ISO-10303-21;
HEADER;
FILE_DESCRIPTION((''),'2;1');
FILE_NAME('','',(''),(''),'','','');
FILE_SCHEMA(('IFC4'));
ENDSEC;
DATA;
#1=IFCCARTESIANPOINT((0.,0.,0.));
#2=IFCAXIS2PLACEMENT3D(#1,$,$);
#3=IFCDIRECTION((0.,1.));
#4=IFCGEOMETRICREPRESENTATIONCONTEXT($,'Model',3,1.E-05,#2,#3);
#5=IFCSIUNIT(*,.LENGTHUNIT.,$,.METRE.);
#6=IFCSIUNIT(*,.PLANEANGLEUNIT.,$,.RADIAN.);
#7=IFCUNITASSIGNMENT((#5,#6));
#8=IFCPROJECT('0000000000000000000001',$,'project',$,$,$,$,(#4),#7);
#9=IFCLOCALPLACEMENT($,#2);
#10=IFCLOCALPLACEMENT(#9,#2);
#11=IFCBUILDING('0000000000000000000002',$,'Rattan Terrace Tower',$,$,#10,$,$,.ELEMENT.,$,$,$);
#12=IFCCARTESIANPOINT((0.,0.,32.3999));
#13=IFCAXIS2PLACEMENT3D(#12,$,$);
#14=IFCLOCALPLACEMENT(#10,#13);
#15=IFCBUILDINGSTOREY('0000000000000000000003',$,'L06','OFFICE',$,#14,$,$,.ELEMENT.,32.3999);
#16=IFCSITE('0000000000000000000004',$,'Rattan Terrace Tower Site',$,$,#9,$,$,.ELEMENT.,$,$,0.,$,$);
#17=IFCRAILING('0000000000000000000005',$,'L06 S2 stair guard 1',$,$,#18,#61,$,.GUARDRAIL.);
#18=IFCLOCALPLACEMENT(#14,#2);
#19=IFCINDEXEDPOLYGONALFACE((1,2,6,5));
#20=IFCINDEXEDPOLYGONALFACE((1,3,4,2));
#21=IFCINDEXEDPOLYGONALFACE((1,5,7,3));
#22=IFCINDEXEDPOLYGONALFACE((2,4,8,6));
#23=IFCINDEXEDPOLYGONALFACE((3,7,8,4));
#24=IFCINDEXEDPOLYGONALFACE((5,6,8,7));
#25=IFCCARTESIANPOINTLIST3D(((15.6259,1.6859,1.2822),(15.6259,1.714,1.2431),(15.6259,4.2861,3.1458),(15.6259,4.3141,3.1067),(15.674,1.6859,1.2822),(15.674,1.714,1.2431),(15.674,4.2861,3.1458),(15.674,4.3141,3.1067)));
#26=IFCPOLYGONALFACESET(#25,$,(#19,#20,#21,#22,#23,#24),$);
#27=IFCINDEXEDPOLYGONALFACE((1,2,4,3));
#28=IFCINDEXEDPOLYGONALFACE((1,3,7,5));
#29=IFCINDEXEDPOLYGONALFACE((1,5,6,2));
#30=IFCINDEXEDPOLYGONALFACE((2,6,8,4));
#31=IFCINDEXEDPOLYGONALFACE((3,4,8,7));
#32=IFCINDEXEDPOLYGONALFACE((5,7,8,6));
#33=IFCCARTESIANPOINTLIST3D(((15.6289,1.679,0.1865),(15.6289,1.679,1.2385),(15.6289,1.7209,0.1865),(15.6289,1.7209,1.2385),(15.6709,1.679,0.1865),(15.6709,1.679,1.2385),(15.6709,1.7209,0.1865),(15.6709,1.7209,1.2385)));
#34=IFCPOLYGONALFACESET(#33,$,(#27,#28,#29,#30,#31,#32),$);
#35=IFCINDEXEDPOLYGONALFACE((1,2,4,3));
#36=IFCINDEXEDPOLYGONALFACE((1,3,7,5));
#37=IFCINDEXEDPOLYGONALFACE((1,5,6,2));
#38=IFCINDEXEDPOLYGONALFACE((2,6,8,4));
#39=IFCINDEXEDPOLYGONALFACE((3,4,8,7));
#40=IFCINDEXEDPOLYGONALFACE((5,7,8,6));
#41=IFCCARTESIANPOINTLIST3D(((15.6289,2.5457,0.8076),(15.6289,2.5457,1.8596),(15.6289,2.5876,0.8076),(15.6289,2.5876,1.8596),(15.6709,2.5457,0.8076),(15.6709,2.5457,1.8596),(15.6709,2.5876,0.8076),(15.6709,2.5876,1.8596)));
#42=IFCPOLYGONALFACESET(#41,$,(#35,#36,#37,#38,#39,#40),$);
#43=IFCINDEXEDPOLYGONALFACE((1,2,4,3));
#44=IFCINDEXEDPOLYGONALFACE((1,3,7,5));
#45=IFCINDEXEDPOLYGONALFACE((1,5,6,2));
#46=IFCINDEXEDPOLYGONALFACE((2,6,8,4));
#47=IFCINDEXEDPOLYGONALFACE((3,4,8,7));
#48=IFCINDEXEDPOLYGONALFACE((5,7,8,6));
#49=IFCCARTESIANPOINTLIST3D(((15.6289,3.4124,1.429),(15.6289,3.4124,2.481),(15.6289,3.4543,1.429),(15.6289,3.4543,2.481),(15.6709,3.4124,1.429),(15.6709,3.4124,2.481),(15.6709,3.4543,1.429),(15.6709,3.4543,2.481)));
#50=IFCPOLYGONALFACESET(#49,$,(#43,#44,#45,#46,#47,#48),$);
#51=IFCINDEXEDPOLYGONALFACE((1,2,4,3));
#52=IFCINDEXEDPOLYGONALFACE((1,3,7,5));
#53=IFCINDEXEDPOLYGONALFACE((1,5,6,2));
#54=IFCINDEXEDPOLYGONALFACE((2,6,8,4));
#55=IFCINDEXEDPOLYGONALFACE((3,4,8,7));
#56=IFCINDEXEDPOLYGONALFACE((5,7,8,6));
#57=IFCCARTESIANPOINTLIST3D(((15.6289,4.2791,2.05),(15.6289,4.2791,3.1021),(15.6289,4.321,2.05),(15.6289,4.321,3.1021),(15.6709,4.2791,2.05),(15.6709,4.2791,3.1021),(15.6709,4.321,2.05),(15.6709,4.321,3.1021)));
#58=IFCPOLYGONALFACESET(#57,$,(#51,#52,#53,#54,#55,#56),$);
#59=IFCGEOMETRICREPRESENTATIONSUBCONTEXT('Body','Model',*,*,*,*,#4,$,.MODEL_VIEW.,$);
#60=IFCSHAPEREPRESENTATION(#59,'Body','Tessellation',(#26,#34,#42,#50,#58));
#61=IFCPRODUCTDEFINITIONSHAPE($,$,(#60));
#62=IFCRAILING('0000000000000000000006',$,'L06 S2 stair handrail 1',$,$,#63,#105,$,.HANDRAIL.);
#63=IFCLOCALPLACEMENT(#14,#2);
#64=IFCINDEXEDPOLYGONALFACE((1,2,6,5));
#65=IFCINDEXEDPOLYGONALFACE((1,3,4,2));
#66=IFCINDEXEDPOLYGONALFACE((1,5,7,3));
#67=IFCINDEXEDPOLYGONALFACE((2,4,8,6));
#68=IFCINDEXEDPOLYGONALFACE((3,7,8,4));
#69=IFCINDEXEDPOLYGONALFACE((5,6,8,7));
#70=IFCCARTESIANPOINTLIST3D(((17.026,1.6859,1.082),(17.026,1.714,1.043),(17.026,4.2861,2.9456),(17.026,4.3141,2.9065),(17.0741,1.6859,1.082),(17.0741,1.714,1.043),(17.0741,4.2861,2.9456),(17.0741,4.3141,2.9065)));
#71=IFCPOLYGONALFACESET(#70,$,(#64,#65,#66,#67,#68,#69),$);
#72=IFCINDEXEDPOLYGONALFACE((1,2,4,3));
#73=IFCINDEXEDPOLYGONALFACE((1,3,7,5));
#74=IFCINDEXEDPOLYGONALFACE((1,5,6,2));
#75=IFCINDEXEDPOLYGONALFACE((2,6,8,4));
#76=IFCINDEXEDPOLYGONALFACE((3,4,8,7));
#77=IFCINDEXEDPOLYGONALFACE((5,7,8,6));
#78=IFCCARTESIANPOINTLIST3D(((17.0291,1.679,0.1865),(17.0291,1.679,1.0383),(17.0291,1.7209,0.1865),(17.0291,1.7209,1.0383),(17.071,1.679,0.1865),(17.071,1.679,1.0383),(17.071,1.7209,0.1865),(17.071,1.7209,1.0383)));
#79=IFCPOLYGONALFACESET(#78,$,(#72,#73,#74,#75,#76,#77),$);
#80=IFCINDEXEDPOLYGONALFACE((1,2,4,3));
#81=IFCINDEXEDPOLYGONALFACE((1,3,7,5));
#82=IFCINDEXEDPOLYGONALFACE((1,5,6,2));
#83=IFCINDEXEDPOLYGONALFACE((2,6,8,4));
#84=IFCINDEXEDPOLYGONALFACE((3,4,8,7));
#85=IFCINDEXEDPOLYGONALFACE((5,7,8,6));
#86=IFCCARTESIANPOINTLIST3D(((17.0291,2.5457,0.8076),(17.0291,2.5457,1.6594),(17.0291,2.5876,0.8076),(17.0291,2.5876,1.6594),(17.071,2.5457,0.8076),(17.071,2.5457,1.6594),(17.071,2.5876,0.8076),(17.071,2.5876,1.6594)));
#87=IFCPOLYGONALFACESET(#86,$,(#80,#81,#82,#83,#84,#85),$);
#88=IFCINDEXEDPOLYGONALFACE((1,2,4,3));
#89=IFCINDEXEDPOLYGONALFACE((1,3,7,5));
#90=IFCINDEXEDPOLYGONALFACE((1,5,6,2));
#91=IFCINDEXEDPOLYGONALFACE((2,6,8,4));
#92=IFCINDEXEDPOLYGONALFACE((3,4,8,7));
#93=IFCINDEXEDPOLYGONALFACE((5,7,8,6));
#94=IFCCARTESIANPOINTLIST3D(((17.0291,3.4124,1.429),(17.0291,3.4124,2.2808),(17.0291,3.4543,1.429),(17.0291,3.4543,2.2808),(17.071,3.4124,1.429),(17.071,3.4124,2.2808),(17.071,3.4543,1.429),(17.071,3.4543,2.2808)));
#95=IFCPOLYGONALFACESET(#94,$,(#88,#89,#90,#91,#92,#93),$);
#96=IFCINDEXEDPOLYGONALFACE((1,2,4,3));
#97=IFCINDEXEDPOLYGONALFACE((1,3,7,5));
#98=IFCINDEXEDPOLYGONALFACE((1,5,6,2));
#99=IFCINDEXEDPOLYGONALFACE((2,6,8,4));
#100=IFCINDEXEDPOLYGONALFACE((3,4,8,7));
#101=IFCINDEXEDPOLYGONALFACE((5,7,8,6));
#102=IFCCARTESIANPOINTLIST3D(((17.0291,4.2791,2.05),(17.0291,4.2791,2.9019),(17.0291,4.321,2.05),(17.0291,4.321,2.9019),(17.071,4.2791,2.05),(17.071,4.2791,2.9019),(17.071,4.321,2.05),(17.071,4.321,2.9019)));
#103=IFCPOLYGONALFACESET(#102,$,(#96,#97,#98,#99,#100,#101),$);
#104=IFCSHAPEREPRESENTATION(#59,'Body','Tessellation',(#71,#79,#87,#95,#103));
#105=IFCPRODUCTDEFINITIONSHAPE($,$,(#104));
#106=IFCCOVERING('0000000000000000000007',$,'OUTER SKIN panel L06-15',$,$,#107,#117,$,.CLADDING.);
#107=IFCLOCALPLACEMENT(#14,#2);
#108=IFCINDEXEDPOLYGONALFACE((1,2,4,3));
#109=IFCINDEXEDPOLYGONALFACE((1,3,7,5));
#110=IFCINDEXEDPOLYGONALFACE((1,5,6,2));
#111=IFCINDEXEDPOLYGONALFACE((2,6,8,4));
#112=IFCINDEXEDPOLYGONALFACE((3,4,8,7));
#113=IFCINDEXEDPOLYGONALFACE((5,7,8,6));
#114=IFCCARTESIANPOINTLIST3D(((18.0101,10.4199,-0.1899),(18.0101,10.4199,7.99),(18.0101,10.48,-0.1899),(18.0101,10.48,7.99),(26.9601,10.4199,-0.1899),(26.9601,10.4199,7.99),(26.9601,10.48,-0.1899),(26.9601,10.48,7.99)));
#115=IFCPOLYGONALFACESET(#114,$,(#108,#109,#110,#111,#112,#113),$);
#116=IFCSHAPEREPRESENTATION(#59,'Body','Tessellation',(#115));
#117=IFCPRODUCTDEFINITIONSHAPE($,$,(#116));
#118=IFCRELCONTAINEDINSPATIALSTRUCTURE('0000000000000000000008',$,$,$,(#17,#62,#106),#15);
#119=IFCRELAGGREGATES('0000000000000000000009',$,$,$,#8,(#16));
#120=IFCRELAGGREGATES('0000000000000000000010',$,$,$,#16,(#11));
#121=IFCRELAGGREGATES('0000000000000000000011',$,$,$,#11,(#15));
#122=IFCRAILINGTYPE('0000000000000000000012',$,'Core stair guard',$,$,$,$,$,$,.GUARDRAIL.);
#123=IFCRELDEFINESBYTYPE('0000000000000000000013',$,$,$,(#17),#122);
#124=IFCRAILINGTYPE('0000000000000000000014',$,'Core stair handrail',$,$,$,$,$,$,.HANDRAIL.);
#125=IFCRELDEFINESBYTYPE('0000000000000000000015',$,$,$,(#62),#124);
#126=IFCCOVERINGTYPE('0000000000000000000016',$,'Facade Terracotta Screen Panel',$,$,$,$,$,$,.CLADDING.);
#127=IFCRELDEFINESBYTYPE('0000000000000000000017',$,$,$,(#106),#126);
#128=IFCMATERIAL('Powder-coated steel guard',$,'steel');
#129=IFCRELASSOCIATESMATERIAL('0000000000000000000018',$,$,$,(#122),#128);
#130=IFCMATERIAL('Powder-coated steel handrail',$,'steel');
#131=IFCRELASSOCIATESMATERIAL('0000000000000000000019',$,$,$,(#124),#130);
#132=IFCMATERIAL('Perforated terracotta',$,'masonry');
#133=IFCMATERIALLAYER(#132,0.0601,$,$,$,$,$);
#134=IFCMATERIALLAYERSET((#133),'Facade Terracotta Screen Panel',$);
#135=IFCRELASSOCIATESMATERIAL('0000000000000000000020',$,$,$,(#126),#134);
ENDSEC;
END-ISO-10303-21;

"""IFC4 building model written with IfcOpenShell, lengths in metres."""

from ifc_helpers import new_model, si_unit, direction, frame, origin, origin_2d, place, context, subcontext, project, spatial, rectangle, extrude, material, layer, layer_set, type_object, element, save


model = new_model("IFC4")

# Units and contexts
model_context = context("Model", 3, precision=1e-05, world=origin(), true_north=direction((0.0, 1.0)))
body_context = subcontext(model_context, "Body", "Model", "MODEL_VIEW")
ifc_project = project(units=[si_unit("LENGTHUNIT", "METRE"), si_unit("PLANEANGLEUNIT", "RADIAN")], contexts=[model_context])

# Site, building, storey
site_placement = place(None, origin())
site = spatial("IfcSite", under=ifc_project, at=site_placement, Name="Rattan Terrace Tower Site", CompositionType="ELEMENT", RefElevation=0.0)
building_placement = place(site_placement, origin())
building = spatial("IfcBuilding", under=site, at=building_placement, Name="Rattan Terrace Tower", CompositionType="ELEMENT")
storey_placement = place(building_placement, frame((0.0, 0.0, 32.3999)))
storey = spatial("IfcBuildingStorey", under=building, at=storey_placement, Name="L06", Description="OFFICE", CompositionType="ELEMENT", Elevation=32.3999)

# Railings
ifc_material_1 = material(Name="Powder-coated steel guard", Category="steel")
railing_type_1 = type_object("IfcRailingType", Name="Core stair guard", PredefinedType="GUARDRAIL", material=ifc_material_1)
railing_1_placement = place(storey_placement, frame((15.6499, 1.7, 0.1865)))
element("IfcRailing", 1, at=railing_1_placement, inside=storey, type_object=railing_type_1, Name="L06 S2 stair guard 1", PredefinedType="GUARDRAIL", context=body_context, shape_type="SweptSolid", body=[
    extrude(rectangle(XDim=0.0481, YDim=0.0481, at=origin_2d()), frame((0.0, 0.0, 1.0762), z_axis=(0.0, 0.812799, 0.582544), x_axis=(-1.0, 0.0, 0.0)), (0.0, 0.0, 1.0), 3.199),
    extrude(rectangle(XDim=0.042, YDim=0.042, at=origin_2d()), origin(), (0.0, 0.0, 1.0), 1.052),
    extrude(rectangle(XDim=0.042, YDim=0.042, at=origin_2d()), frame((0.0, 0.8667, 0.6211)), (0.0, 0.0, 1.0), 1.052),
    extrude(rectangle(XDim=0.042, YDim=0.042, at=origin_2d()), frame((0.0, 1.7334, 1.2424)), (0.0, 0.0, 1.0), 1.052),
    extrude(rectangle(XDim=0.042, YDim=0.042, at=origin_2d()), frame((0.0, 2.6001, 1.8635)), (0.0, 0.0, 1.0), 1.052),
])
ifc_material_2 = material(Name="Powder-coated steel handrail", Category="steel")
railing_type_2 = type_object("IfcRailingType", Name="Core stair handrail", PredefinedType="HANDRAIL", material=ifc_material_2)
railing_2_placement = place(storey_placement, frame((17.05, 1.7, 0.1865)))
element("IfcRailing", 2, at=railing_2_placement, inside=storey, type_object=railing_type_2, Name="L06 S2 stair handrail 1", PredefinedType="HANDRAIL", context=body_context, shape_type="SweptSolid", body=[
    extrude(rectangle(XDim=0.0481, YDim=0.0481, at=origin_2d()), frame((0.0, 0.0, 0.876), z_axis=(0.0, 0.812799, 0.582544), x_axis=(-1.0, 0.0, 0.0)), (0.0, 0.0, 1.0), 3.199),
    extrude(rectangle(XDim=0.042, YDim=0.042, at=origin_2d()), origin(), (0.0, 0.0, 1.0), 0.8518),
    extrude(rectangle(XDim=0.042, YDim=0.042, at=origin_2d()), frame((0.0, 0.8667, 0.6211)), (0.0, 0.0, 1.0), 0.8518),
    extrude(rectangle(XDim=0.042, YDim=0.042, at=origin_2d()), frame((0.0, 1.7334, 1.2424)), (0.0, 0.0, 1.0), 0.8518),
    extrude(rectangle(XDim=0.042, YDim=0.042, at=origin_2d()), frame((0.0, 2.6001, 1.8635)), (0.0, 0.0, 1.0), 0.8518),
])

# Covering
ifc_material_3 = material(Name="Perforated terracotta", Category="masonry")
ifc_layer_1 = layer(ifc_material_3, 0.0601)
ifc_layer_set_1 = layer_set([ifc_layer_1], Name="Facade Terracotta Screen Panel")
covering_type = type_object("IfcCoveringType", Name="Facade Terracotta Screen Panel", PredefinedType="CLADDING", material=ifc_layer_set_1)
covering_placement = place(storey_placement, frame((22.4851, 10.45, -0.1899), z_axis=(0.0, 0.0, 1.0), x_axis=(-1.0, 0.0, 0.0)))
element("IfcCovering", 3, at=covering_placement, inside=storey, type_object=covering_type, Name="OUTER SKIN panel L06-15", PredefinedType="CLADDING", context=body_context, shape_type="SweptSolid", body=[
    extrude(rectangle(XDim=8.95, YDim=0.0601, at=origin_2d()), origin(), (0.0, 0.0, 1.0), 8.1799),
])

save(model, "model.ifc")
